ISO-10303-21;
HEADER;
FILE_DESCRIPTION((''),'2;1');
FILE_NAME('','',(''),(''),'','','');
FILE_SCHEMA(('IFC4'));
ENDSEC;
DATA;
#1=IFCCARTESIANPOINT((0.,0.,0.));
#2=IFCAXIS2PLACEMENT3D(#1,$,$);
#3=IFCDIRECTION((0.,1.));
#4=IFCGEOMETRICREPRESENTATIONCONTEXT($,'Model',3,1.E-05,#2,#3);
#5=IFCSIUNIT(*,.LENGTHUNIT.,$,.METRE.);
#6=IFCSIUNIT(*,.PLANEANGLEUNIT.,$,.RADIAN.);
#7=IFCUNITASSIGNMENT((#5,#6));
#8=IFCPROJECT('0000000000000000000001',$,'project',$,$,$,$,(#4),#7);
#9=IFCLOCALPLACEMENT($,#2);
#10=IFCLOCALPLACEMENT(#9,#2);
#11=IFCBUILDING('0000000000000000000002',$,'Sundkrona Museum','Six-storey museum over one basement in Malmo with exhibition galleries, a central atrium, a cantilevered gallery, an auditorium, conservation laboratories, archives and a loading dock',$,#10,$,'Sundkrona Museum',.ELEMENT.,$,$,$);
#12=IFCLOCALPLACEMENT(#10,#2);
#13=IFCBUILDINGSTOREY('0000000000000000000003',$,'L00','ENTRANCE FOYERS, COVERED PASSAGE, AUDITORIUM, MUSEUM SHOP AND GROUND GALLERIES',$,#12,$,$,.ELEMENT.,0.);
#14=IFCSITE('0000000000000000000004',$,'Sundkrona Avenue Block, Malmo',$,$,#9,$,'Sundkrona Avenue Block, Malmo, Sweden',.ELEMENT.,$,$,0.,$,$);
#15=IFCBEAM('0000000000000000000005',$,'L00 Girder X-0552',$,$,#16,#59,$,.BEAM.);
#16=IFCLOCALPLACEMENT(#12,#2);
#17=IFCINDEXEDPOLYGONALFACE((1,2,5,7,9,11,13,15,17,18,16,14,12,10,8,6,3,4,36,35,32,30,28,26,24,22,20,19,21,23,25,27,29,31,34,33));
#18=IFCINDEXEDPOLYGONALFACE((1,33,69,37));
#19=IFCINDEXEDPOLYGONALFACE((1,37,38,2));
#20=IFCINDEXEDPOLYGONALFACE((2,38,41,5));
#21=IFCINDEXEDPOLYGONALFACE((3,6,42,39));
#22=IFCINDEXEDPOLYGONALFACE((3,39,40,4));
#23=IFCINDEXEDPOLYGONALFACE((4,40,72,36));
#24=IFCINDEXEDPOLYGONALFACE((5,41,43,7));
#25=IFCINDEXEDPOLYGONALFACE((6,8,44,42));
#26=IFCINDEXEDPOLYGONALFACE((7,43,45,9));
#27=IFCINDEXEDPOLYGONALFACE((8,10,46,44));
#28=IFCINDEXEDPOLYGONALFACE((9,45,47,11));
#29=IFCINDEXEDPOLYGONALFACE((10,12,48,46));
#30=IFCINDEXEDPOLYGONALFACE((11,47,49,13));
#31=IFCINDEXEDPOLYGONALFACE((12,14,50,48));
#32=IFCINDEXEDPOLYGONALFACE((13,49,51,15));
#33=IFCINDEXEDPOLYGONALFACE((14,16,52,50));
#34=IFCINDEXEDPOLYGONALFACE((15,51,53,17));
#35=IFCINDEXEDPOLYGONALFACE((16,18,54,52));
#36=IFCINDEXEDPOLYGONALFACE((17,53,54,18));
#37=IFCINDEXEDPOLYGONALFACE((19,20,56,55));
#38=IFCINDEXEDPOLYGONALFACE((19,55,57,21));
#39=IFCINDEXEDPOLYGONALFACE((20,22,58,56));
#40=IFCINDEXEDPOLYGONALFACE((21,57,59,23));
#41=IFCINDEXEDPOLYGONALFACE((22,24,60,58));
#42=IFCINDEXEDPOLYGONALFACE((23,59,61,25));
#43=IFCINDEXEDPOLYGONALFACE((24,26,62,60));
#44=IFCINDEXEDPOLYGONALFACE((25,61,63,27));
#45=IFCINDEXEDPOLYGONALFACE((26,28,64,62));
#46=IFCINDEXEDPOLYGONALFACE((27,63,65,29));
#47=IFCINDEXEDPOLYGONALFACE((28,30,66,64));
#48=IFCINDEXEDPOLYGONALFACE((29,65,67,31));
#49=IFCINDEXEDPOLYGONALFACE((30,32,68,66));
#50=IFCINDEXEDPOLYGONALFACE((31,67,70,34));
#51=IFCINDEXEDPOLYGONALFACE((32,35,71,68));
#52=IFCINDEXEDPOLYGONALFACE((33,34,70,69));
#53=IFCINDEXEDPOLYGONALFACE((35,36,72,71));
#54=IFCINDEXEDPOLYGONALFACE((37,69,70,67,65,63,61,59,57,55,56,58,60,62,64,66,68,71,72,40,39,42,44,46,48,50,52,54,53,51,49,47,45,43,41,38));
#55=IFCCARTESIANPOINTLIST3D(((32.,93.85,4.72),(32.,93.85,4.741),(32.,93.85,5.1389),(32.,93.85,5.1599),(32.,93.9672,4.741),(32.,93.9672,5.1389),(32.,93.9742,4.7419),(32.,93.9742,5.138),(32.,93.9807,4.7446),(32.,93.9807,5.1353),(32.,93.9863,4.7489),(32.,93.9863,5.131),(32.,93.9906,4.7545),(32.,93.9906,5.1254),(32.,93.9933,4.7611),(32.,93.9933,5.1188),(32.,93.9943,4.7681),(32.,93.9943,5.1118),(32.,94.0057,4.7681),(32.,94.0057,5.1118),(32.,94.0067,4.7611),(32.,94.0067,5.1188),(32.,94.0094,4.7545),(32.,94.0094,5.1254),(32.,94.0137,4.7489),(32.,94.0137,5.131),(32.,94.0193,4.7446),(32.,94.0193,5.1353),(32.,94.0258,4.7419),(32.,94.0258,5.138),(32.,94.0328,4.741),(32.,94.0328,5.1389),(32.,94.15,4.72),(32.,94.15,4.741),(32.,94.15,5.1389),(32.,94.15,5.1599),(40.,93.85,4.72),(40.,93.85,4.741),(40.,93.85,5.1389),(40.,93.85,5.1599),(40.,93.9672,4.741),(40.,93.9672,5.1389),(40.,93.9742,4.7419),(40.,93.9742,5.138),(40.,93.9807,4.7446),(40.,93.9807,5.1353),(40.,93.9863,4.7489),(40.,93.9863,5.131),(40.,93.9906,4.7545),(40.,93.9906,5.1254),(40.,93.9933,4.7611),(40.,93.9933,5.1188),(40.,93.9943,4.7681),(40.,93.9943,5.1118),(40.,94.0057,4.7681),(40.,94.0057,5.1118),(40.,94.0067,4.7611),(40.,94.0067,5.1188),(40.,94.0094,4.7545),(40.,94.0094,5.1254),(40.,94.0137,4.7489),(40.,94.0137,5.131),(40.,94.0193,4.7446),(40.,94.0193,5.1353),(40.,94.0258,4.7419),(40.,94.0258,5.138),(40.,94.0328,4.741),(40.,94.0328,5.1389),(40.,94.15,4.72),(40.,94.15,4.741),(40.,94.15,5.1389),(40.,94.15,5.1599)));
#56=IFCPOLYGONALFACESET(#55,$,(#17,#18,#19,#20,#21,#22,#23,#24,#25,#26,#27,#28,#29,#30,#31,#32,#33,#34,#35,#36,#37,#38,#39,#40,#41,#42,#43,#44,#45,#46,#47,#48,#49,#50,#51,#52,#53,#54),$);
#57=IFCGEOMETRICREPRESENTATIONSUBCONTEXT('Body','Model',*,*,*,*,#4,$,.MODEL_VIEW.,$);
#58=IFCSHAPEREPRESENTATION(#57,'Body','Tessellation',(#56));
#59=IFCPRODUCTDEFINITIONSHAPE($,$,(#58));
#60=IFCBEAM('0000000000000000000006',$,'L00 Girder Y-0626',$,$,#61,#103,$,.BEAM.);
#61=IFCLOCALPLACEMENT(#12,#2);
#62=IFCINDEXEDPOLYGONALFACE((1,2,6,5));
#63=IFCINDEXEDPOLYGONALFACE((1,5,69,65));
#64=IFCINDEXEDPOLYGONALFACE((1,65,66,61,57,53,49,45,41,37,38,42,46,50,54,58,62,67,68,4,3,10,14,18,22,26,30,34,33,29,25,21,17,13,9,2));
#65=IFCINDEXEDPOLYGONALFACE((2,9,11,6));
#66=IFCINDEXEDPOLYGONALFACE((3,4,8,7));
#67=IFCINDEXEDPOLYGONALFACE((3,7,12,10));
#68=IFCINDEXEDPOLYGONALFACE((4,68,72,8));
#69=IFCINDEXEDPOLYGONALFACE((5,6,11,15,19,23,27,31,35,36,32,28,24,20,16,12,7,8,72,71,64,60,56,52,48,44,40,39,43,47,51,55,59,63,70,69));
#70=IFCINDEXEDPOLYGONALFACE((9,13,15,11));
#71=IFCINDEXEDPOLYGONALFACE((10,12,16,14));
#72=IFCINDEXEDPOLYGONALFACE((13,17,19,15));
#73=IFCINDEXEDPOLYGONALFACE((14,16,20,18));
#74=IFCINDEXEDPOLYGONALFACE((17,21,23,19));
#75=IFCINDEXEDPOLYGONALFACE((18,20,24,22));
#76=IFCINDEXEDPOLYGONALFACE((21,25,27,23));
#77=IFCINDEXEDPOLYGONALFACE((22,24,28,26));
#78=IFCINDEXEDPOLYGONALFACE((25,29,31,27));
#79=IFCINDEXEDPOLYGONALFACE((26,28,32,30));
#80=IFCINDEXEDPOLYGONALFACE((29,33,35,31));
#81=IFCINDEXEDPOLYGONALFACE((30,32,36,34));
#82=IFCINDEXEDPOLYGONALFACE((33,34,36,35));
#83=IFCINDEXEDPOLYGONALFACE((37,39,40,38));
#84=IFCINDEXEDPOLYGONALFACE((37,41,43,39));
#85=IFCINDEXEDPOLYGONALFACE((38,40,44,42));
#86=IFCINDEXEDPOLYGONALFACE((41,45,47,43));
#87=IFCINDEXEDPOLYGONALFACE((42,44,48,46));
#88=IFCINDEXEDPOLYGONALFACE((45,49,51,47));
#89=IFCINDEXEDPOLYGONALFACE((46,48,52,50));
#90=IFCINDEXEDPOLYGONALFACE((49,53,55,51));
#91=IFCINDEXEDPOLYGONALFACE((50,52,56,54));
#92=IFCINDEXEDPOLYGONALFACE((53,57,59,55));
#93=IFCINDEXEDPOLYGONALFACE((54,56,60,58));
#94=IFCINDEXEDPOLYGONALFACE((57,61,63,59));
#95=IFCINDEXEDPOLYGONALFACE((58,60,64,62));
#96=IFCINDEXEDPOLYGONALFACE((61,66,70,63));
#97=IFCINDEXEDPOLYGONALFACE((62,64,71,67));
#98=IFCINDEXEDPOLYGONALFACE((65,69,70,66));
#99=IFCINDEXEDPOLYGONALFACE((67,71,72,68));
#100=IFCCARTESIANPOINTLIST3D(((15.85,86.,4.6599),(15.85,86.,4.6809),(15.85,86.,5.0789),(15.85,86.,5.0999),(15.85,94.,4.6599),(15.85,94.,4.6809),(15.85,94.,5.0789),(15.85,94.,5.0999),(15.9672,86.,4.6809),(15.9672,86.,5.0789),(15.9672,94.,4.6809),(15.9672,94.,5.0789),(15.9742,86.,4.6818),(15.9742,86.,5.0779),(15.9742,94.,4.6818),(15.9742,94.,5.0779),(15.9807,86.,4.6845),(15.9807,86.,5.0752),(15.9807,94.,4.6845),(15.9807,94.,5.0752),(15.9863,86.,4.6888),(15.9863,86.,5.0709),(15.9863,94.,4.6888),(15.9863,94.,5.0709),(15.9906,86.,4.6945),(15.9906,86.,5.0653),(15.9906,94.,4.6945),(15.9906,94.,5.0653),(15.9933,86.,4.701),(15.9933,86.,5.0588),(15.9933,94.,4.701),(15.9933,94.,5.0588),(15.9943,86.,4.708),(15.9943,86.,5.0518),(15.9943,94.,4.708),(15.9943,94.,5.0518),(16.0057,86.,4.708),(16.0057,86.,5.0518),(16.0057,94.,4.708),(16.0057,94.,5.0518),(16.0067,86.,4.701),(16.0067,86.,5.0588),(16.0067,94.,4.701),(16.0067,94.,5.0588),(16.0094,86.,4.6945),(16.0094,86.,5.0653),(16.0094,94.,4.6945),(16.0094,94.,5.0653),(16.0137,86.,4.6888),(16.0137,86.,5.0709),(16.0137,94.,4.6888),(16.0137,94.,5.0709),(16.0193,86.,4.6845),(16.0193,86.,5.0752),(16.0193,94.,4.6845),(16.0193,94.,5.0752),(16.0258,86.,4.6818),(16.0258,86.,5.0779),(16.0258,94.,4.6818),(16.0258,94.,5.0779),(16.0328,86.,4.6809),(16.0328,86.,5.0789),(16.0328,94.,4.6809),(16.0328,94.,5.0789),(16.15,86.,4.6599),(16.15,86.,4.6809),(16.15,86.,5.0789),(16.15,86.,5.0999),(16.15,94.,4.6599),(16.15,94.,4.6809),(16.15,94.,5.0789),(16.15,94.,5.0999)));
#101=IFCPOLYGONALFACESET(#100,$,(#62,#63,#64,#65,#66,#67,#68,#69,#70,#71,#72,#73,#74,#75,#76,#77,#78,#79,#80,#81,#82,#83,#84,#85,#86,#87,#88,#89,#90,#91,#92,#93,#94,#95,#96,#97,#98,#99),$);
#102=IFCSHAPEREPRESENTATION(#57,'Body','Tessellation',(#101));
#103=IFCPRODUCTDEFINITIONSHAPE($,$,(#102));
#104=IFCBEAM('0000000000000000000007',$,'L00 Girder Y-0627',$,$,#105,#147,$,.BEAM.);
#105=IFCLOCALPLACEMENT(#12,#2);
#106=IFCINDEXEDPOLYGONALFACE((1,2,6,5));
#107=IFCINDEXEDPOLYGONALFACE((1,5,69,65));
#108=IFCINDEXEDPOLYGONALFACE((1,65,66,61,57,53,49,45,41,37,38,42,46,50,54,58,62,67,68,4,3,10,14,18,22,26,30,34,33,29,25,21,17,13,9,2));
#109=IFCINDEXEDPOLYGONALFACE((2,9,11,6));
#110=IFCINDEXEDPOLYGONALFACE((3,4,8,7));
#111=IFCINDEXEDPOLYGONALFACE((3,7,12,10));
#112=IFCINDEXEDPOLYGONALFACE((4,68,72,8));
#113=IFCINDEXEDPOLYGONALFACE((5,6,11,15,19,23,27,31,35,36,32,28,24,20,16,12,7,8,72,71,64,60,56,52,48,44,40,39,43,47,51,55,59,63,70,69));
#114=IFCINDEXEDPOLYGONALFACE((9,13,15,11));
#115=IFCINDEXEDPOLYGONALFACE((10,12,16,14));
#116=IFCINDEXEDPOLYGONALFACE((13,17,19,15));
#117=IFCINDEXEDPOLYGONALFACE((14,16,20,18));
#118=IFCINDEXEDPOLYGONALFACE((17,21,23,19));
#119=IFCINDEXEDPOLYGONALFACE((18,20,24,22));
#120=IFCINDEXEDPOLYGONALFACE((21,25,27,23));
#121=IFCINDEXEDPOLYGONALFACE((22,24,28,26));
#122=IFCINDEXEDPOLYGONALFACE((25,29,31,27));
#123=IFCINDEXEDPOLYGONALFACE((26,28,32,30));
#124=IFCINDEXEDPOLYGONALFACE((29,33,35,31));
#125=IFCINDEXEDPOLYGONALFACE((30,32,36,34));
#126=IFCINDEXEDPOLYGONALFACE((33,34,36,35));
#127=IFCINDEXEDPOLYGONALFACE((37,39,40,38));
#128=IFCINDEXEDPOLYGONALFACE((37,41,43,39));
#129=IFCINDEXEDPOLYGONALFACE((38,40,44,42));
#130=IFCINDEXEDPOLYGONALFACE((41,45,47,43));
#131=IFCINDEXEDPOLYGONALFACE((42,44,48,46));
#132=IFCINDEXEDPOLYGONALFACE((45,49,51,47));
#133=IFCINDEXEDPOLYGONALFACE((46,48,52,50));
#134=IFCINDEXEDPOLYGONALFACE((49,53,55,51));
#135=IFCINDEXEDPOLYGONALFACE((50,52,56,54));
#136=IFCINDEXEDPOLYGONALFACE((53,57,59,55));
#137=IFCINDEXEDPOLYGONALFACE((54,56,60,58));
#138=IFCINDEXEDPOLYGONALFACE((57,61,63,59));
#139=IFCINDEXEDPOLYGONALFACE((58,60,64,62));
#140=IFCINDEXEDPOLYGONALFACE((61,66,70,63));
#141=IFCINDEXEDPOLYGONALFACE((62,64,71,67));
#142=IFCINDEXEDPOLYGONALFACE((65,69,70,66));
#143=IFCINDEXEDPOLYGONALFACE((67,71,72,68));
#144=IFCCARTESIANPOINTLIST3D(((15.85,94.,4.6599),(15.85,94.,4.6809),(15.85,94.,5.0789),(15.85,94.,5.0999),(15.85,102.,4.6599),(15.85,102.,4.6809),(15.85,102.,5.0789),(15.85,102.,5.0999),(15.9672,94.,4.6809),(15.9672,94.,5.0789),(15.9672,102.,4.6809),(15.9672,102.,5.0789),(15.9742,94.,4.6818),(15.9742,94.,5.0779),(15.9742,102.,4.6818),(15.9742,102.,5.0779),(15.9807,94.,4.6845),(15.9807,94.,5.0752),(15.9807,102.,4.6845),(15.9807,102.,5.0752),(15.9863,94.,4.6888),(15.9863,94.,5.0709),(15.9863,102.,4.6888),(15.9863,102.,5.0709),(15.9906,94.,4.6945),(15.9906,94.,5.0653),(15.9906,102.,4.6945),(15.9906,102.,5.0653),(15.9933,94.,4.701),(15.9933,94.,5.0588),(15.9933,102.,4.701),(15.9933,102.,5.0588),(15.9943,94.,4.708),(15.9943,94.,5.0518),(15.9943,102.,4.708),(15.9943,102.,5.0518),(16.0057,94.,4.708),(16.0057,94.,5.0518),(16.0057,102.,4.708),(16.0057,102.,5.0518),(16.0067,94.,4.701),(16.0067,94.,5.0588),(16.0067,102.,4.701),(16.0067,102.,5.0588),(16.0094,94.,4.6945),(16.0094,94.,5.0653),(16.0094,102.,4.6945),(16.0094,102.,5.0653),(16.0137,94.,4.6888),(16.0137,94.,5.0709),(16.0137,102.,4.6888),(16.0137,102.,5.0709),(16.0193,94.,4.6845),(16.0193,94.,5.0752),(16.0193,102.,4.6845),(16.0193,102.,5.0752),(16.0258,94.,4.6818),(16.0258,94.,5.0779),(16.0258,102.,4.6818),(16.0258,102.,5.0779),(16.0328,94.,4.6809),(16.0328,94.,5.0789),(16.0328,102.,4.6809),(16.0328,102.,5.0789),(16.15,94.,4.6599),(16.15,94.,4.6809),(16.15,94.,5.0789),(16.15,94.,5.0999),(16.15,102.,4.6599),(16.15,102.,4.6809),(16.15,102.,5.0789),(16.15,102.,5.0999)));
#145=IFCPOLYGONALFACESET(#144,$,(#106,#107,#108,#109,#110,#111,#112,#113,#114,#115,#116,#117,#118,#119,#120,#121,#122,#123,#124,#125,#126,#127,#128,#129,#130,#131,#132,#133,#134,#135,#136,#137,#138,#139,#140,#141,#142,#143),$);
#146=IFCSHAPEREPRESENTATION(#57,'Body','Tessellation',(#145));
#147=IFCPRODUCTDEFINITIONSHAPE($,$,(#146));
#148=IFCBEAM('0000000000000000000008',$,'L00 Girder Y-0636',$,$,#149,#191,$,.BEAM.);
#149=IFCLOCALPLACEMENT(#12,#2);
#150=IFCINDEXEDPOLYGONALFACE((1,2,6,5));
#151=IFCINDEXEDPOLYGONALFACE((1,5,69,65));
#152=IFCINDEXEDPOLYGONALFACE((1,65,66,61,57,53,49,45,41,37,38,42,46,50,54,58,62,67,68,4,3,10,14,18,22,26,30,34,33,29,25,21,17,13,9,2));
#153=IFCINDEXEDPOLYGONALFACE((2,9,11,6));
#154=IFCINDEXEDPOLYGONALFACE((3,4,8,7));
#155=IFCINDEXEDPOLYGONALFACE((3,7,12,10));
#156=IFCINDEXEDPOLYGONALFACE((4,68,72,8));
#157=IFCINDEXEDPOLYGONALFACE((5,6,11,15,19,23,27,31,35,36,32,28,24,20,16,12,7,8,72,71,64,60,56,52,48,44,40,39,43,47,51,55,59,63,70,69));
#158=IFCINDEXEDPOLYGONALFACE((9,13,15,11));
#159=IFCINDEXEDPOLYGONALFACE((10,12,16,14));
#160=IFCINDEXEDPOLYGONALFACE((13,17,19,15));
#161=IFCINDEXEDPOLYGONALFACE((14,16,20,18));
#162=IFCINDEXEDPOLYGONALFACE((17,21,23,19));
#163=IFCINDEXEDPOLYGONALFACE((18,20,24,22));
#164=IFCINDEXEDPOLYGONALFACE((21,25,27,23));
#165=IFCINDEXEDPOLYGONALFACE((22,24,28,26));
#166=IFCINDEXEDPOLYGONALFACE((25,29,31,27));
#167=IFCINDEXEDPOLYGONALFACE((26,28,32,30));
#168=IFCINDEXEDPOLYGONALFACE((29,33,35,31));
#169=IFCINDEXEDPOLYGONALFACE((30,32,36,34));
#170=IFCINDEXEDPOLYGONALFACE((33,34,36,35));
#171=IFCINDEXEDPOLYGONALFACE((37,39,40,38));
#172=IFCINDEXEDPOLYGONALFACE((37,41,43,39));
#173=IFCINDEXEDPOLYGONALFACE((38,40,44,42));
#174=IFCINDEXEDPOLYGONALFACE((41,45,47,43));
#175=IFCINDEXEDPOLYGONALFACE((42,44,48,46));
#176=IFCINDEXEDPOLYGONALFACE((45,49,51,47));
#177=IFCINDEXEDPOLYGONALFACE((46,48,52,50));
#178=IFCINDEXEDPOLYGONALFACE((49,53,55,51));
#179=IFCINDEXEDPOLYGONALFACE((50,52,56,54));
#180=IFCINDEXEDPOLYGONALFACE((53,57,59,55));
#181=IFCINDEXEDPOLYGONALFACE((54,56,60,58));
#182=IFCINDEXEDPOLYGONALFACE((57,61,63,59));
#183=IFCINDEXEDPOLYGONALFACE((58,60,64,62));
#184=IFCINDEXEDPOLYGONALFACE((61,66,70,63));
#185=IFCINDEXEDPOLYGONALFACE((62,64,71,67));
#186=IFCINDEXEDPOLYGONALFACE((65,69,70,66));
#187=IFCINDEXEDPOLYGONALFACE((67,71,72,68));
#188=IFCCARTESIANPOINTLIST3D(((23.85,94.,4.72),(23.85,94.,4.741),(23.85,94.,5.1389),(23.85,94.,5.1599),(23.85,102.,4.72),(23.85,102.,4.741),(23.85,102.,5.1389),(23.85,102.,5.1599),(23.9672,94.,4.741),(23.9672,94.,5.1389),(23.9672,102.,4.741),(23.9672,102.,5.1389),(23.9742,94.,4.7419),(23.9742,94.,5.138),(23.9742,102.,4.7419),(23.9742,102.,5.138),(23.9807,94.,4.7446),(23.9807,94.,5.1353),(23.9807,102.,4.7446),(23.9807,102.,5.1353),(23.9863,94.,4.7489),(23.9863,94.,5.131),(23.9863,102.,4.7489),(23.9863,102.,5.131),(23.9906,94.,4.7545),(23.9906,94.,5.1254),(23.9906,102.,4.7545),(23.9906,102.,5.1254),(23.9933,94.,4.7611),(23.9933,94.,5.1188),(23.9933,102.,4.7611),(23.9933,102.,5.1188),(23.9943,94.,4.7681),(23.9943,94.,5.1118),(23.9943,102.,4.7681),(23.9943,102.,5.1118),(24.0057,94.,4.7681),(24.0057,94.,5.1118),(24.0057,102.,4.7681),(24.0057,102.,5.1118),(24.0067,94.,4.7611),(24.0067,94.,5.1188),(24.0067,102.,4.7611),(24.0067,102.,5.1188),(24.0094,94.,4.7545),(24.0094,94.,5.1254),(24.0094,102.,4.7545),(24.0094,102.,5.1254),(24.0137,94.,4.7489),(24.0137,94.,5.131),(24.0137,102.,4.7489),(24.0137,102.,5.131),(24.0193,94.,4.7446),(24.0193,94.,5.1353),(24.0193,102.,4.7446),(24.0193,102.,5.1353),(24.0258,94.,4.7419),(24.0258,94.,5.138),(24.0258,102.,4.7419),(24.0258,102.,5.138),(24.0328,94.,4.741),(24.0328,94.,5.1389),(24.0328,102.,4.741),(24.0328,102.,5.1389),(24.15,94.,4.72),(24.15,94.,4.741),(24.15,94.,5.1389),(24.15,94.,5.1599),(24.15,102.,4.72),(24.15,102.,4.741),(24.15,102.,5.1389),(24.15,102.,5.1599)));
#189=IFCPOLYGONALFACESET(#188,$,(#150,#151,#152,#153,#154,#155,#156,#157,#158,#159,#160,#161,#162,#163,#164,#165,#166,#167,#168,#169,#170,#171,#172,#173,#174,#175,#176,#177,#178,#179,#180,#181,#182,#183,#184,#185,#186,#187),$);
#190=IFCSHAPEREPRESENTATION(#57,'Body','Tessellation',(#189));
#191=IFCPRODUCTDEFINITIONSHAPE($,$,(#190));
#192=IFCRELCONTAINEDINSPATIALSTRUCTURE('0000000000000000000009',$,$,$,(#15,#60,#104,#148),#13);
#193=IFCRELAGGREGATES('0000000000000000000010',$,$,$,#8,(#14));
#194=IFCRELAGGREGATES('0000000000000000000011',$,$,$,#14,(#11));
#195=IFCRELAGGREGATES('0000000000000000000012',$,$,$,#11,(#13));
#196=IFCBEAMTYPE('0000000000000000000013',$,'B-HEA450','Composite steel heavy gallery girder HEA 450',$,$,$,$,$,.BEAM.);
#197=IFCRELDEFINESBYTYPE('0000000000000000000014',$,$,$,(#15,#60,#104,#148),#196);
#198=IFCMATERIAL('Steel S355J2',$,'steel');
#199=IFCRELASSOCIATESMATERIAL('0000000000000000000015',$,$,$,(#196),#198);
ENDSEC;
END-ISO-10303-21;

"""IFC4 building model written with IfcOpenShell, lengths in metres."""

from ifc_helpers import new_model, si_unit, direction, frame, origin, origin_2d, place, context, subcontext, project, spatial, i_section, extrude, material, material_profile, profile_set, type_object, element, save


model = new_model("IFC4")

# Units and contexts
model_context = context("Model", 3, precision=1e-05, world=origin(), true_north=direction((0.0, 1.0)))
body_context = subcontext(model_context, "Body", "Model", "MODEL_VIEW")
ifc_project = project(units=[si_unit("LENGTHUNIT", "METRE"), si_unit("PLANEANGLEUNIT", "RADIAN")], contexts=[model_context])

# Site, building, storey
site_placement = place(None, origin())
site = spatial("IfcSite", under=ifc_project, at=site_placement, Name="Sundkrona Avenue Block, Malmo", LongName="Sundkrona Avenue Block, Malmo, Sweden", CompositionType="ELEMENT", RefElevation=0.0)
building_placement = place(site_placement, origin())
building = spatial("IfcBuilding", under=site, at=building_placement, Name="Sundkrona Museum", Description="Six-storey museum over one basement in Malmo with exhibition galleries, a central atrium, a cantilevered gallery, an auditorium, conservation laboratories, archives and a loading dock", LongName="Sundkrona Museum", CompositionType="ELEMENT")
storey_placement = place(building_placement, origin())
storey = spatial("IfcBuildingStorey", under=building, at=storey_placement, Name="L00", Description="ENTRANCE FOYERS, COVERED PASSAGE, AUDITORIUM, MUSEUM SHOP AND GROUND GALLERIES", CompositionType="ELEMENT", Elevation=0.0)

# Shared definitions
ifc_material_1 = material(Name="Steel S355J2", Category="steel")

# Beams
ifc_material_profile_1 = material_profile(ifc_material_1, i_section(OverallWidth=0.3, OverallDepth=0.4399, WebThickness=0.0115, FlangeThickness=0.021, FilletRadius=0.0271, at=origin_2d()), Name="HEA 450")
ifc_profile_set_1 = profile_set([ifc_material_profile_1], Name="Steel S355J2")
beam_type_1 = type_object("IfcBeamType", Name="B-HEA450", Description="Composite steel heavy gallery girder HEA 450", PredefinedType="BEAM", material=ifc_profile_set_1)
for number, where, z_axis, x_axis, name in (
    (1, (32.0, 94.0, 4.9399), (1.0, 0.0, 0.0), (0.0, 1.0, 0.0), "L00 Girder X-0552"),
    (2, (16.0, 86.0, 4.8799), (0.0, 1.0, 0.0), (-1.0, 0.0, 0.0), "L00 Girder Y-0626"),
    (3, (16.0, 94.0, 4.8799), (0.0, 1.0, 0.0), (-1.0, 0.0, 0.0), "L00 Girder Y-0627"),
    (4, (24.0, 94.0, 4.9399), (0.0, 1.0, 0.0), (-1.0, 0.0, 0.0), "L00 Girder Y-0636"),
):
    element("IfcBeam", number, at=place(storey_placement, frame(where, z_axis=z_axis, x_axis=x_axis)), inside=storey, type_object=beam_type_1, Name=name, PredefinedType="BEAM", context=body_context, shape_type="SweptSolid", body=[
        extrude(i_section(OverallWidth=0.3, OverallDepth=0.4399, WebThickness=0.0115, FlangeThickness=0.021, FilletRadius=0.0271, at=origin_2d()), origin(), (0.0, 0.0, 1.0), 8.0),
    ])

save(model, "model.ifc")
